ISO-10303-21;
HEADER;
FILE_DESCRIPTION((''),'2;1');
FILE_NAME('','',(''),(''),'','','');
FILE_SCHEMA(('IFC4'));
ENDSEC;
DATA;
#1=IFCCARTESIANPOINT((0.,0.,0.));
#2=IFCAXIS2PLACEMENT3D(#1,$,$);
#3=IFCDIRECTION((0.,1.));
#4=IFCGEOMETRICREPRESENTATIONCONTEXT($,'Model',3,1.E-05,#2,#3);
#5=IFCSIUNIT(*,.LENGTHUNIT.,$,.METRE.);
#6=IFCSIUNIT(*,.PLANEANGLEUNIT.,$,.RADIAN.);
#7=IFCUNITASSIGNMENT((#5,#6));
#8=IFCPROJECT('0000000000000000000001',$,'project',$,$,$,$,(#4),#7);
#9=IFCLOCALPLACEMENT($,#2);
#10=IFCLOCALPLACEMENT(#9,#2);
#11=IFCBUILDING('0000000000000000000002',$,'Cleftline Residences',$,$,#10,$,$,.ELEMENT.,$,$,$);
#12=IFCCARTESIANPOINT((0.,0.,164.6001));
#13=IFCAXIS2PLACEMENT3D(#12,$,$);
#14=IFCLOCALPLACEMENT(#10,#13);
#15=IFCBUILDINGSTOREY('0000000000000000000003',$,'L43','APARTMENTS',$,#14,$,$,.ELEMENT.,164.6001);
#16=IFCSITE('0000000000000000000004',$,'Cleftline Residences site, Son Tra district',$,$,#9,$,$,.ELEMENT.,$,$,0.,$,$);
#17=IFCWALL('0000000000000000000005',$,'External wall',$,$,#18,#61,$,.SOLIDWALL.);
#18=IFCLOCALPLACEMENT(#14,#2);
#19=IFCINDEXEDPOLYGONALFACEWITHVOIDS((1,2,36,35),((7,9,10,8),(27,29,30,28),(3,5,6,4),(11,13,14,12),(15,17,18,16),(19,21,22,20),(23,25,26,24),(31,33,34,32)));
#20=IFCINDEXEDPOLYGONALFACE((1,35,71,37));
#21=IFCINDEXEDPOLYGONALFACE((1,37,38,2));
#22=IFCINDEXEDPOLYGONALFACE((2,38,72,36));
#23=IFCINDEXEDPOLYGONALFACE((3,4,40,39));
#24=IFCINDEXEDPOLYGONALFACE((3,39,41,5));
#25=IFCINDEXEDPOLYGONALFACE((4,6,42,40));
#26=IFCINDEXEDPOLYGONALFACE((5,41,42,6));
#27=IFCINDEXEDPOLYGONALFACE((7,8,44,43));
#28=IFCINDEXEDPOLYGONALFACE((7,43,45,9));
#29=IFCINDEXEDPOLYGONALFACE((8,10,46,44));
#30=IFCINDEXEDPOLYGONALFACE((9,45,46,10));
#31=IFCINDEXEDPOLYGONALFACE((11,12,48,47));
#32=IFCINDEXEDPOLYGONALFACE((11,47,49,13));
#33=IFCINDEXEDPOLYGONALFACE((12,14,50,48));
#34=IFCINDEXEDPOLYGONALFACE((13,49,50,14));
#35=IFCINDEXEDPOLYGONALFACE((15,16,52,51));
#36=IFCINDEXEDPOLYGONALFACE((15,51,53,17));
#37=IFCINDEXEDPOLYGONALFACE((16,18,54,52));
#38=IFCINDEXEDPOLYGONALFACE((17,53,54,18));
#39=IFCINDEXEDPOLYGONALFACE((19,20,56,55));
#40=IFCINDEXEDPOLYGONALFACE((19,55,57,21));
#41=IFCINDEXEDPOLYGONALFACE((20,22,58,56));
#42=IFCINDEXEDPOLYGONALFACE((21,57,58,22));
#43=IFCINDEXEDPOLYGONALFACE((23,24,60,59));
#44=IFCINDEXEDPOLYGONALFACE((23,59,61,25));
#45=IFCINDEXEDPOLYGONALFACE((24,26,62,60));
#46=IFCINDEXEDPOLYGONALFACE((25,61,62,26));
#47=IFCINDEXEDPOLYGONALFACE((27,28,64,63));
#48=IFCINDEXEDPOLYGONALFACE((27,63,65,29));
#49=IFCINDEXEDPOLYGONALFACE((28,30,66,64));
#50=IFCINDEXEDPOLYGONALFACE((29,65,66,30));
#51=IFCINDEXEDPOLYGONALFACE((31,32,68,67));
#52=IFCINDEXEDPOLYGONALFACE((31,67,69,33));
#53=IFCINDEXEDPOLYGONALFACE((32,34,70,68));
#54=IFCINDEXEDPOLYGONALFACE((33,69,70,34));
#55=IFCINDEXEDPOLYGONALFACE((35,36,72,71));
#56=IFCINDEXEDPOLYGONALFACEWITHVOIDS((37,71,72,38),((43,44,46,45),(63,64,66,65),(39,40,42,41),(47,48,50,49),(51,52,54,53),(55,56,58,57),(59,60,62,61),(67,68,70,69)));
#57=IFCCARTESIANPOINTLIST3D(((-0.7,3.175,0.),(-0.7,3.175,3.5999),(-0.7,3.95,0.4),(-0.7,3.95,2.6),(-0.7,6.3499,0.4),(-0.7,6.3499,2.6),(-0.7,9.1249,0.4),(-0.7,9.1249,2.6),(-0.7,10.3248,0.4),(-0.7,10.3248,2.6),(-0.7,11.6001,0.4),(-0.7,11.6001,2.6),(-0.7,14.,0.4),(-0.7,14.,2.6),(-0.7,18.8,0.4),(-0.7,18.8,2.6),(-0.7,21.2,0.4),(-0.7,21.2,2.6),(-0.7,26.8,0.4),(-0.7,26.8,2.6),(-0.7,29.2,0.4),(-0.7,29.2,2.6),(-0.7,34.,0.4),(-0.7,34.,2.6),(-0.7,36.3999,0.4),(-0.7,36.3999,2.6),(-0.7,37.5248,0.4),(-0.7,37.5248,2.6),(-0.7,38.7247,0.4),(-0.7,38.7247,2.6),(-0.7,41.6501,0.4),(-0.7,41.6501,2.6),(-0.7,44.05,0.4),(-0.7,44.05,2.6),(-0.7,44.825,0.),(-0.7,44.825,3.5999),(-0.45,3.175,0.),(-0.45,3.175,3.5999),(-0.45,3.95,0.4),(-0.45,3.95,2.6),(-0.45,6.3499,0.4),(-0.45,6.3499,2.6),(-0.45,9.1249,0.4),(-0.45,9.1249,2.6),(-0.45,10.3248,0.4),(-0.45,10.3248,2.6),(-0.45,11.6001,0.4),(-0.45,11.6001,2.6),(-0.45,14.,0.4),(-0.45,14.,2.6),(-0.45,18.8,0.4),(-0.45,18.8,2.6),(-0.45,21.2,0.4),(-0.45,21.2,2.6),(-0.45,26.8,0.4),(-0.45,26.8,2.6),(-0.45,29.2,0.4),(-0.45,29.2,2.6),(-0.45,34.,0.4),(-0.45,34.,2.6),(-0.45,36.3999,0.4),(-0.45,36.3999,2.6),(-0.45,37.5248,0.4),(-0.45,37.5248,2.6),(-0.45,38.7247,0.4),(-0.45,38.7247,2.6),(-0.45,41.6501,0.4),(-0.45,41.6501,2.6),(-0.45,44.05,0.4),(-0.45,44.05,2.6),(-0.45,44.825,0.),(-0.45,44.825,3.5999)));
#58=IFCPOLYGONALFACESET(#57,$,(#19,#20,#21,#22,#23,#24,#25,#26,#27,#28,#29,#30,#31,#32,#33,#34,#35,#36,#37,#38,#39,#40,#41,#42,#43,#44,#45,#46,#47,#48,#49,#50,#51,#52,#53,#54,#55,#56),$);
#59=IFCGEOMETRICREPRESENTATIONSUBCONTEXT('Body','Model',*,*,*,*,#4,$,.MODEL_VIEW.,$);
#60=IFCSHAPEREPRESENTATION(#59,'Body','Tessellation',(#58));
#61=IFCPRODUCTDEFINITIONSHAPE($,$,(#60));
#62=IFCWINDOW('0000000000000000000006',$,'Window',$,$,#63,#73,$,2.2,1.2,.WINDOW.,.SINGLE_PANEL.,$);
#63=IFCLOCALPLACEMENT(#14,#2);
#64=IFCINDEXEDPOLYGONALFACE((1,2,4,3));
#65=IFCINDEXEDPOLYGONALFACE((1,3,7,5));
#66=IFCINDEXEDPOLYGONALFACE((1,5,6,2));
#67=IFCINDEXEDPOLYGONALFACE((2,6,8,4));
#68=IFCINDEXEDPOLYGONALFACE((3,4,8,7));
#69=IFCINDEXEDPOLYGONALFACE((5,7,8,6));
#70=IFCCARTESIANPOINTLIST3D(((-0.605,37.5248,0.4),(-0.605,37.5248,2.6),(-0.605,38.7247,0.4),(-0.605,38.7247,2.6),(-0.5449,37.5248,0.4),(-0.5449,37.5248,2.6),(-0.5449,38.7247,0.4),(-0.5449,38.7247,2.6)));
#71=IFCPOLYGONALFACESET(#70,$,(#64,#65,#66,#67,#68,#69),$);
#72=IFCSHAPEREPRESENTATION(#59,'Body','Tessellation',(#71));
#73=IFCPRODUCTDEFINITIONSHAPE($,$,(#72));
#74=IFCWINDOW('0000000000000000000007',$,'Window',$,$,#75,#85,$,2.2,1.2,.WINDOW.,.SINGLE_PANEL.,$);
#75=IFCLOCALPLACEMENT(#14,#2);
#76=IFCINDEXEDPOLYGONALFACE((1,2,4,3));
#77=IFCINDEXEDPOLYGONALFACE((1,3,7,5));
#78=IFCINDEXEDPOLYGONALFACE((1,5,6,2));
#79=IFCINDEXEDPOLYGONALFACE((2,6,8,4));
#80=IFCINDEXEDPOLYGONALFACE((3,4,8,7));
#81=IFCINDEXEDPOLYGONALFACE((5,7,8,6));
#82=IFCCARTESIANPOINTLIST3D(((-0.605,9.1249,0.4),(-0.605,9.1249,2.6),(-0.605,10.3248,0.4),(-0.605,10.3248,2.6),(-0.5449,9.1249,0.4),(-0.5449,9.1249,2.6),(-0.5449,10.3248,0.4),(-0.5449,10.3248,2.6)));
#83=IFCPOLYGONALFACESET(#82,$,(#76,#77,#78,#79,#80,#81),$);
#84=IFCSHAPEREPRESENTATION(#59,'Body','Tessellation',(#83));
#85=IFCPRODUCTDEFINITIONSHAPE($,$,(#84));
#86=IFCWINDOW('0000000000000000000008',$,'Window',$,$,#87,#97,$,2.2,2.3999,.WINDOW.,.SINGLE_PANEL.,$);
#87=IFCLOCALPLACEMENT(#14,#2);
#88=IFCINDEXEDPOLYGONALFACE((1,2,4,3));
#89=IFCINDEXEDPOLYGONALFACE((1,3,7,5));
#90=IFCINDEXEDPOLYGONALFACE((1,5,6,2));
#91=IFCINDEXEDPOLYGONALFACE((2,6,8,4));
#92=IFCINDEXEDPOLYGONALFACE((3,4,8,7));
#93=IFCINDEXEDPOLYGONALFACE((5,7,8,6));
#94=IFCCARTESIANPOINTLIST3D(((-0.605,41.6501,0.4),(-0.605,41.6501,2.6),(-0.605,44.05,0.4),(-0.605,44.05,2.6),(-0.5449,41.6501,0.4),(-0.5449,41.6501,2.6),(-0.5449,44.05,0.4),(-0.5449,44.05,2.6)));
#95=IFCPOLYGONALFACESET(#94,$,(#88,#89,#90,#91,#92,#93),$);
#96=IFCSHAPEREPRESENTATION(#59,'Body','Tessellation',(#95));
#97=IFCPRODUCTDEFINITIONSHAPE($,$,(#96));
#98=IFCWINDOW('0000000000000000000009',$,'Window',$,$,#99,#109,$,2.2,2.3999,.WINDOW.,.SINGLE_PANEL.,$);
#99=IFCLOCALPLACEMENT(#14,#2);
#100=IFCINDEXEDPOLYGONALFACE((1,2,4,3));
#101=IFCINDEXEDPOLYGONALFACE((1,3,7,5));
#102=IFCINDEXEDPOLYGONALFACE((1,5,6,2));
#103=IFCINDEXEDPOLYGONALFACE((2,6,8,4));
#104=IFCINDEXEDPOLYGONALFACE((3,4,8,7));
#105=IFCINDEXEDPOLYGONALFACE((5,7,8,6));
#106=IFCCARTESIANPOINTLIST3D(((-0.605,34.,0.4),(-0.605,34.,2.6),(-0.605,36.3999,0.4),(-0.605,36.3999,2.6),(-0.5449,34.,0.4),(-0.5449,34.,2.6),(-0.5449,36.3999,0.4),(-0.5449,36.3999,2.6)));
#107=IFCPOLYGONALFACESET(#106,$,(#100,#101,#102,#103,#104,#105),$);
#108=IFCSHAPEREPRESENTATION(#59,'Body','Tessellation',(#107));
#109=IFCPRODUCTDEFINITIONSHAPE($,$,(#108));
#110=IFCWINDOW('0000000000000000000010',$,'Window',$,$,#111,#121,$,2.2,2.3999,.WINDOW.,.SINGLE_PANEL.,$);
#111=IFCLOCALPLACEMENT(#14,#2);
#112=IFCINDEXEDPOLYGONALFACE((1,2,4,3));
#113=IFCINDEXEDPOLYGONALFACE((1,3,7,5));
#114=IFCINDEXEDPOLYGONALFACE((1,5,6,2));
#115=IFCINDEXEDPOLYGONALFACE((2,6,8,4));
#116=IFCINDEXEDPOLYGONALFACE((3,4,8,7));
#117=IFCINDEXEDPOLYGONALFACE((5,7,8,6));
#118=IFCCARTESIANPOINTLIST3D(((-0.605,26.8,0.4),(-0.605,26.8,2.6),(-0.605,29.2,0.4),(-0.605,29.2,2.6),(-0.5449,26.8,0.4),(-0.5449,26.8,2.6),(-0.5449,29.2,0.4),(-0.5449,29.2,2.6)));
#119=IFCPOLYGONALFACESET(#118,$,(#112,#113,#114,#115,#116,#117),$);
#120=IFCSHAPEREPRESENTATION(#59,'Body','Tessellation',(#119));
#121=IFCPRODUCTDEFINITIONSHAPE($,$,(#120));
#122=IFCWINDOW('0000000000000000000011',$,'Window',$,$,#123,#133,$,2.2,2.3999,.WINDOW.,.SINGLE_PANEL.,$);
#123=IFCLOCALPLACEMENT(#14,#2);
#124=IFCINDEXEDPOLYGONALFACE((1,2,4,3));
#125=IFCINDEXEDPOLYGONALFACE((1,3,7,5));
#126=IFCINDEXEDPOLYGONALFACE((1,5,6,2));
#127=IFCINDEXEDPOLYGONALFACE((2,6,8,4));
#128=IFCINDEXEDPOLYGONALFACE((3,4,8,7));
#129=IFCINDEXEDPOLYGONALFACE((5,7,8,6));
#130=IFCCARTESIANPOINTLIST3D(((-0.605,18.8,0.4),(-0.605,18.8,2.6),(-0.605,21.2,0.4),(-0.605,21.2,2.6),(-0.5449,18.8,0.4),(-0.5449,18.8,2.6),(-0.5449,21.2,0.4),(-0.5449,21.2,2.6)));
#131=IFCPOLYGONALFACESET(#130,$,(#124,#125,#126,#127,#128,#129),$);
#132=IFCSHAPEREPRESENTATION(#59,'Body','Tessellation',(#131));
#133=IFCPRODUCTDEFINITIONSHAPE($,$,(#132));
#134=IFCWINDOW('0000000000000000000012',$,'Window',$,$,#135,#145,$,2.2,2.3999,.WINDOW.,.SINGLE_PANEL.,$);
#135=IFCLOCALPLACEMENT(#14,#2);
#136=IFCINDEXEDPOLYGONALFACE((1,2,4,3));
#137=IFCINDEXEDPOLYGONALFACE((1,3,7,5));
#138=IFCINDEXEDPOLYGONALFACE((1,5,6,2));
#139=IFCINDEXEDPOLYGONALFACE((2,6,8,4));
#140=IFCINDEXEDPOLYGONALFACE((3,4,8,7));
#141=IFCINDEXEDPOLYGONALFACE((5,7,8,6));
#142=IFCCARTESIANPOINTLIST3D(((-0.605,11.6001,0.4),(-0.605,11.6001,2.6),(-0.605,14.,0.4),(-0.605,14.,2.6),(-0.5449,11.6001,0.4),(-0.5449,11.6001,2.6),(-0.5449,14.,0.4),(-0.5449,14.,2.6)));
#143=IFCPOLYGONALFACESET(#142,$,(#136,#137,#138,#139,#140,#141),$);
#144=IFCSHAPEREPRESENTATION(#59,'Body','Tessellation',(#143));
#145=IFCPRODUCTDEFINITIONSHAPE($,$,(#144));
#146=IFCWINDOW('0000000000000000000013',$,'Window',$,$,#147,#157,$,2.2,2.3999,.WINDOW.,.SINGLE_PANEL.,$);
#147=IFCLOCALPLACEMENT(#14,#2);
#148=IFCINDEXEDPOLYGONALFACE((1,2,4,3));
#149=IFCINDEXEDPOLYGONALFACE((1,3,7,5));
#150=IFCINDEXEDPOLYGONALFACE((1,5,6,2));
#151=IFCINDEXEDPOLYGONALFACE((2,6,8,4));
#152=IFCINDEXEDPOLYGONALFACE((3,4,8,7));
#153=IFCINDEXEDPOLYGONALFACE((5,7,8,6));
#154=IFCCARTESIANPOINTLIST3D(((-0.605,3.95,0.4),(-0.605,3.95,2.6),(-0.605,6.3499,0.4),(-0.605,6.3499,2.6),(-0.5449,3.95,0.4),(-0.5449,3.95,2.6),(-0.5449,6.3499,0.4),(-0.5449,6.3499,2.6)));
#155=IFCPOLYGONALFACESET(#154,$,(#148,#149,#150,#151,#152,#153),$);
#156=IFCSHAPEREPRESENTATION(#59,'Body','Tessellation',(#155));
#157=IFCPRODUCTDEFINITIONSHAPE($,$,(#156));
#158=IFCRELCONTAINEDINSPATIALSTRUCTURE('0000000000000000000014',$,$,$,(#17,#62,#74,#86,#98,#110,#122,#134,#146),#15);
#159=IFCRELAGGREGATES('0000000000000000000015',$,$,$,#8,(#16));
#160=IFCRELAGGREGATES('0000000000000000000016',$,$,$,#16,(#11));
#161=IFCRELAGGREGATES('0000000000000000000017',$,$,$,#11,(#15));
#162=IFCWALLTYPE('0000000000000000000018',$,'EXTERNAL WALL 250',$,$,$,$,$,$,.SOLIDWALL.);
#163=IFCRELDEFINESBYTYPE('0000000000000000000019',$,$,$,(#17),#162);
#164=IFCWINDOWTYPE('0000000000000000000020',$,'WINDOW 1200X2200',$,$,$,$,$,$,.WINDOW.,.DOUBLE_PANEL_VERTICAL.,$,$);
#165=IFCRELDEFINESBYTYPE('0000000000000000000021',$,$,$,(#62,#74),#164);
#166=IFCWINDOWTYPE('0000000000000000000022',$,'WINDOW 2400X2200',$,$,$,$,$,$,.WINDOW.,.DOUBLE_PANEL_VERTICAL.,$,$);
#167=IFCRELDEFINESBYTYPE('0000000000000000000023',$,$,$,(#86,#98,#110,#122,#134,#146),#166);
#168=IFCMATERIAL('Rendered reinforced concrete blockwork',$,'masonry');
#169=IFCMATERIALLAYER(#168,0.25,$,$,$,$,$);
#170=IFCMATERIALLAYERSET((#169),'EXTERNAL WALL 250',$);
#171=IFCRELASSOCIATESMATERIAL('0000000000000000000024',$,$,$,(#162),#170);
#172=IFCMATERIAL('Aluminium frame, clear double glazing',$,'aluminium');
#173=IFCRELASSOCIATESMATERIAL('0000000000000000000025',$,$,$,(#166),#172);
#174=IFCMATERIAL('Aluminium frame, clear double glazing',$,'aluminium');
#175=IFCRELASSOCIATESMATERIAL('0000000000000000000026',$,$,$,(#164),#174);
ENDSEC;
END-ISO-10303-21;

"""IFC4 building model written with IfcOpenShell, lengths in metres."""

from ifc_helpers import new_model, si_unit, direction, frame, frame_2d, origin, place, context, subcontext, project, spatial, rectangle, extrude, material, layer, layer_set, type_object, element, fill, save


model = new_model("IFC4")

# Units and contexts
model_context = context("Model", 3, precision=1e-05, world=origin(), true_north=direction((0.0, 1.0)))
body_context = subcontext(model_context, "Body", "Model", "MODEL_VIEW")
ifc_project = project(units=[si_unit("LENGTHUNIT", "METRE"), si_unit("PLANEANGLEUNIT", "RADIAN")], contexts=[model_context])

# Site, building, storey
site_placement = place(None, origin())
site = spatial("IfcSite", under=ifc_project, at=site_placement, Name="Cleftline Residences site, Son Tra district", CompositionType="ELEMENT", RefElevation=0.0)
building_placement = place(site_placement, origin())
building = spatial("IfcBuilding", under=site, at=building_placement, Name="Cleftline Residences", CompositionType="ELEMENT")
storey_placement = place(building_placement, frame((0.0, 0.0, 164.6001)))
storey = spatial("IfcBuildingStorey", under=building, at=storey_placement, Name="L43", Description="APARTMENTS", CompositionType="ELEMENT", Elevation=164.6001)

# Shared definitions
ifc_material_1 = material(Name="Rendered reinforced concrete blockwork", Category="masonry")
ifc_layer_1 = layer(ifc_material_1, 0.25)
ifc_layer_set_1 = layer_set([ifc_layer_1], Name="EXTERNAL WALL 250")
wall_type_1 = type_object("IfcWallType", Name="EXTERNAL WALL 250", PredefinedType="SOLIDWALL", material=ifc_layer_set_1)
ifc_material_2 = material(Name="Aluminium frame, clear double glazing", Category="aluminium")
window_type_1 = type_object("IfcWindowType", Name="WINDOW 2400X2200", PartitioningType="DOUBLE_PANEL_VERTICAL", PredefinedType="WINDOW", material=ifc_material_2)

# Wall, openings, windows
wall_1_placement = place(storey_placement, frame((-0.575, 44.825, 0.0), z_axis=(0.0, 0.0, 1.0), x_axis=(0.0, -1.0, 0.0)))
wall_1 = element("IfcWall", 1, at=wall_1_placement, inside=storey, type_object=wall_type_1, Name="External wall", PredefinedType="SOLIDWALL", context=body_context, shape_type="SweptSolid", body=[
    extrude(rectangle(XDim=41.6499, YDim=0.25, at=frame_2d((20.825, 0.0))), origin(), (0.0, 0.0, 1.0), 3.5999),
])
opening_1_placement = place(wall_1_placement, frame((0.7749, 0.0, 0.3999)))
opening_1 = element("IfcOpeningElement", 2, at=opening_1_placement, cuts=wall_1, PredefinedType="OPENING", context=body_context, shape_type="SweptSolid", body=[
    extrude(rectangle(XDim=2.3999, YDim=2.2, at=frame_2d((1.2, 1.1001))), frame((0.0, 0.135, 0.0), z_axis=(0.0, -1.0, 0.0), x_axis=(1.0, 0.0, 0.0)), (0.0, 0.0, 1.0), 0.27),
])
opening_2_placement = place(wall_1_placement, frame((6.1001, 0.0, 0.3999)))
opening_2 = element("IfcOpeningElement", 3, at=opening_2_placement, cuts=wall_1, PredefinedType="OPENING", context=body_context, shape_type="SweptSolid", body=[
    extrude(rectangle(XDim=1.2, YDim=2.2, at=frame_2d((0.6001, 1.1001))), frame((0.0, 0.135, 0.0), z_axis=(0.0, -1.0, 0.0), x_axis=(1.0, 0.0, 0.0)), (0.0, 0.0, 1.0), 0.27),
])
opening_3_placement = place(wall_1_placement, frame((8.425, 0.0, 0.3999)))
opening_3 = element("IfcOpeningElement", 4, at=opening_3_placement, cuts=wall_1, PredefinedType="OPENING", context=body_context, shape_type="SweptSolid", body=[
    extrude(rectangle(XDim=2.3999, YDim=2.2, at=frame_2d((1.2, 1.1001))), frame((0.0, 0.135, 0.0), z_axis=(0.0, -1.0, 0.0), x_axis=(1.0, 0.0, 0.0)), (0.0, 0.0, 1.0), 0.27),
])
opening_4_placement = place(wall_1_placement, frame((15.625, 0.0, 0.3999)))
opening_4 = element("IfcOpeningElement", 5, at=opening_4_placement, cuts=wall_1, PredefinedType="OPENING", context=body_context, shape_type="SweptSolid", body=[
    extrude(rectangle(XDim=2.3999, YDim=2.2, at=frame_2d((1.2, 1.1001))), frame((0.0, 0.135, 0.0), z_axis=(0.0, -1.0, 0.0), x_axis=(1.0, 0.0, 0.0)), (0.0, 0.0, 1.0), 0.27),
])
opening_5_placement = place(wall_1_placement, frame((23.625, 0.0, 0.3999)))
opening_5 = element("IfcOpeningElement", 6, at=opening_5_placement, cuts=wall_1, PredefinedType="OPENING", context=body_context, shape_type="SweptSolid", body=[
    extrude(rectangle(XDim=2.3999, YDim=2.2, at=frame_2d((1.2, 1.1001))), frame((0.0, 0.135, 0.0), z_axis=(0.0, -1.0, 0.0), x_axis=(1.0, 0.0, 0.0)), (0.0, 0.0, 1.0), 0.27),
])
opening_6_placement = place(wall_1_placement, frame((30.825, 0.0, 0.3999)))
opening_6 = element("IfcOpeningElement", 7, at=opening_6_placement, cuts=wall_1, PredefinedType="OPENING", context=body_context, shape_type="SweptSolid", body=[
    extrude(rectangle(XDim=2.3999, YDim=2.2, at=frame_2d((1.2, 1.1001))), frame((0.0, 0.135, 0.0), z_axis=(0.0, -1.0, 0.0), x_axis=(1.0, 0.0, 0.0)), (0.0, 0.0, 1.0), 0.27),
])
opening_7_placement = place(wall_1_placement, frame((34.5, 0.0, 0.3999)))
opening_7 = element("IfcOpeningElement", 8, at=opening_7_placement, cuts=wall_1, PredefinedType="OPENING", context=body_context, shape_type="SweptSolid", body=[
    extrude(rectangle(XDim=1.2, YDim=2.2, at=frame_2d((0.6001, 1.1001))), frame((0.0, 0.135, 0.0), z_axis=(0.0, -1.0, 0.0), x_axis=(1.0, 0.0, 0.0)), (0.0, 0.0, 1.0), 0.27),
])
opening_8_placement = place(wall_1_placement, frame((38.4751, 0.0, 0.3999)))
opening_8 = element("IfcOpeningElement", 9, at=opening_8_placement, cuts=wall_1, PredefinedType="OPENING", context=body_context, shape_type="SweptSolid", body=[
    extrude(rectangle(XDim=2.3999, YDim=2.2, at=frame_2d((1.2, 1.1001))), frame((0.0, 0.135, 0.0), z_axis=(0.0, -1.0, 0.0), x_axis=(1.0, 0.0, 0.0)), (0.0, 0.0, 1.0), 0.27),
])
ifc_material_3 = material(Name="Aluminium frame, clear double glazing", Category="aluminium")
window_type_2 = type_object("IfcWindowType", Name="WINDOW 1200X2200", PartitioningType="DOUBLE_PANEL_VERTICAL", PredefinedType="WINDOW", material=ifc_material_3)
window_1_placement = place(opening_2_placement, origin())
window_1 = element("IfcWindow", 10, at=window_1_placement, inside=storey, type_object=window_type_2, Name="Window", OverallHeight=2.2, OverallWidth=1.2, PartitioningType="SINGLE_PANEL", PredefinedType="WINDOW", context=body_context, shape_type="SweptSolid", body=[
    extrude(rectangle(XDim=1.2, YDim=2.2, at=frame_2d((0.6001, 1.1001))), frame((0.0, 0.03, 0.0), z_axis=(0.0, -1.0, 0.0), x_axis=(1.0, 0.0, 0.0)), (0.0, 0.0, 1.0), 0.0601),
])
fill(opening_2, window_1)
window_2_placement = place(opening_7_placement, origin())
window_2 = element("IfcWindow", 11, at=window_2_placement, inside=storey, type_object=window_type_2, Name="Window", OverallHeight=2.2, OverallWidth=1.2, PartitioningType="SINGLE_PANEL", PredefinedType="WINDOW", context=body_context, shape_type="SweptSolid", body=[
    extrude(rectangle(XDim=1.2, YDim=2.2, at=frame_2d((0.6001, 1.1001))), frame((0.0, 0.03, 0.0), z_axis=(0.0, -1.0, 0.0), x_axis=(1.0, 0.0, 0.0)), (0.0, 0.0, 1.0), 0.0601),
])
fill(opening_7, window_2)
window_3_placement = place(opening_1_placement, origin())
window_3 = element("IfcWindow", 12, at=window_3_placement, inside=storey, type_object=window_type_1, Name="Window", OverallHeight=2.2, OverallWidth=2.3999, PartitioningType="SINGLE_PANEL", PredefinedType="WINDOW", context=body_context, shape_type="SweptSolid", body=[
    extrude(rectangle(XDim=2.3999, YDim=2.2, at=frame_2d((1.2, 1.1001))), frame((0.0, 0.03, 0.0), z_axis=(0.0, -1.0, 0.0), x_axis=(1.0, 0.0, 0.0)), (0.0, 0.0, 1.0), 0.0601),
])
fill(opening_1, window_3)
window_4_placement = place(opening_3_placement, origin())
window_4 = element("IfcWindow", 13, at=window_4_placement, inside=storey, type_object=window_type_1, Name="Window", OverallHeight=2.2, OverallWidth=2.3999, PartitioningType="SINGLE_PANEL", PredefinedType="WINDOW", context=body_context, shape_type="SweptSolid", body=[
    extrude(rectangle(XDim=2.3999, YDim=2.2, at=frame_2d((1.2, 1.1001))), frame((0.0, 0.03, 0.0), z_axis=(0.0, -1.0, 0.0), x_axis=(1.0, 0.0, 0.0)), (0.0, 0.0, 1.0), 0.0601),
])
fill(opening_3, window_4)
window_5_placement = place(opening_4_placement, origin())
window_5 = element("IfcWindow", 14, at=window_5_placement, inside=storey, type_object=window_type_1, Name="Window", OverallHeight=2.2, OverallWidth=2.3999, PartitioningType="SINGLE_PANEL", PredefinedType="WINDOW", context=body_context, shape_type="SweptSolid", body=[
    extrude(rectangle(XDim=2.3999, YDim=2.2, at=frame_2d((1.2, 1.1001))), frame((0.0, 0.03, 0.0), z_axis=(0.0, -1.0, 0.0), x_axis=(1.0, 0.0, 0.0)), (0.0, 0.0, 1.0), 0.0601),
])
fill(opening_4, window_5)
window_6_placement = place(opening_5_placement, origin())
window_6 = element("IfcWindow", 15, at=window_6_placement, inside=storey, type_object=window_type_1, Name="Window", OverallHeight=2.2, OverallWidth=2.3999, PartitioningType="SINGLE_PANEL", PredefinedType="WINDOW", context=body_context, shape_type="SweptSolid", body=[
    extrude(rectangle(XDim=2.3999, YDim=2.2, at=frame_2d((1.2, 1.1001))), frame((0.0, 0.03, 0.0), z_axis=(0.0, -1.0, 0.0), x_axis=(1.0, 0.0, 0.0)), (0.0, 0.0, 1.0), 0.0601),
])
fill(opening_5, window_6)
window_7_placement = place(opening_6_placement, origin())
window_7 = element("IfcWindow", 16, at=window_7_placement, inside=storey, type_object=window_type_1, Name="Window", OverallHeight=2.2, OverallWidth=2.3999, PartitioningType="SINGLE_PANEL", PredefinedType="WINDOW", context=body_context, shape_type="SweptSolid", body=[
    extrude(rectangle(XDim=2.3999, YDim=2.2, at=frame_2d((1.2, 1.1001))), frame((0.0, 0.03, 0.0), z_axis=(0.0, -1.0, 0.0), x_axis=(1.0, 0.0, 0.0)), (0.0, 0.0, 1.0), 0.0601),
])
fill(opening_6, window_7)
window_8_placement = place(opening_8_placement, origin())
window_8 = element("IfcWindow", 17, at=window_8_placement, inside=storey, type_object=window_type_1, Name="Window", OverallHeight=2.2, OverallWidth=2.3999, PartitioningType="SINGLE_PANEL", PredefinedType="WINDOW", context=body_context, shape_type="SweptSolid", body=[
    extrude(rectangle(XDim=2.3999, YDim=2.2, at=frame_2d((1.2, 1.1001))), frame((0.0, 0.03, 0.0), z_axis=(0.0, -1.0, 0.0), x_axis=(1.0, 0.0, 0.0)), (0.0, 0.0, 1.0), 0.0601),
])
fill(opening_8, window_8)

save(model, "model.ifc")
